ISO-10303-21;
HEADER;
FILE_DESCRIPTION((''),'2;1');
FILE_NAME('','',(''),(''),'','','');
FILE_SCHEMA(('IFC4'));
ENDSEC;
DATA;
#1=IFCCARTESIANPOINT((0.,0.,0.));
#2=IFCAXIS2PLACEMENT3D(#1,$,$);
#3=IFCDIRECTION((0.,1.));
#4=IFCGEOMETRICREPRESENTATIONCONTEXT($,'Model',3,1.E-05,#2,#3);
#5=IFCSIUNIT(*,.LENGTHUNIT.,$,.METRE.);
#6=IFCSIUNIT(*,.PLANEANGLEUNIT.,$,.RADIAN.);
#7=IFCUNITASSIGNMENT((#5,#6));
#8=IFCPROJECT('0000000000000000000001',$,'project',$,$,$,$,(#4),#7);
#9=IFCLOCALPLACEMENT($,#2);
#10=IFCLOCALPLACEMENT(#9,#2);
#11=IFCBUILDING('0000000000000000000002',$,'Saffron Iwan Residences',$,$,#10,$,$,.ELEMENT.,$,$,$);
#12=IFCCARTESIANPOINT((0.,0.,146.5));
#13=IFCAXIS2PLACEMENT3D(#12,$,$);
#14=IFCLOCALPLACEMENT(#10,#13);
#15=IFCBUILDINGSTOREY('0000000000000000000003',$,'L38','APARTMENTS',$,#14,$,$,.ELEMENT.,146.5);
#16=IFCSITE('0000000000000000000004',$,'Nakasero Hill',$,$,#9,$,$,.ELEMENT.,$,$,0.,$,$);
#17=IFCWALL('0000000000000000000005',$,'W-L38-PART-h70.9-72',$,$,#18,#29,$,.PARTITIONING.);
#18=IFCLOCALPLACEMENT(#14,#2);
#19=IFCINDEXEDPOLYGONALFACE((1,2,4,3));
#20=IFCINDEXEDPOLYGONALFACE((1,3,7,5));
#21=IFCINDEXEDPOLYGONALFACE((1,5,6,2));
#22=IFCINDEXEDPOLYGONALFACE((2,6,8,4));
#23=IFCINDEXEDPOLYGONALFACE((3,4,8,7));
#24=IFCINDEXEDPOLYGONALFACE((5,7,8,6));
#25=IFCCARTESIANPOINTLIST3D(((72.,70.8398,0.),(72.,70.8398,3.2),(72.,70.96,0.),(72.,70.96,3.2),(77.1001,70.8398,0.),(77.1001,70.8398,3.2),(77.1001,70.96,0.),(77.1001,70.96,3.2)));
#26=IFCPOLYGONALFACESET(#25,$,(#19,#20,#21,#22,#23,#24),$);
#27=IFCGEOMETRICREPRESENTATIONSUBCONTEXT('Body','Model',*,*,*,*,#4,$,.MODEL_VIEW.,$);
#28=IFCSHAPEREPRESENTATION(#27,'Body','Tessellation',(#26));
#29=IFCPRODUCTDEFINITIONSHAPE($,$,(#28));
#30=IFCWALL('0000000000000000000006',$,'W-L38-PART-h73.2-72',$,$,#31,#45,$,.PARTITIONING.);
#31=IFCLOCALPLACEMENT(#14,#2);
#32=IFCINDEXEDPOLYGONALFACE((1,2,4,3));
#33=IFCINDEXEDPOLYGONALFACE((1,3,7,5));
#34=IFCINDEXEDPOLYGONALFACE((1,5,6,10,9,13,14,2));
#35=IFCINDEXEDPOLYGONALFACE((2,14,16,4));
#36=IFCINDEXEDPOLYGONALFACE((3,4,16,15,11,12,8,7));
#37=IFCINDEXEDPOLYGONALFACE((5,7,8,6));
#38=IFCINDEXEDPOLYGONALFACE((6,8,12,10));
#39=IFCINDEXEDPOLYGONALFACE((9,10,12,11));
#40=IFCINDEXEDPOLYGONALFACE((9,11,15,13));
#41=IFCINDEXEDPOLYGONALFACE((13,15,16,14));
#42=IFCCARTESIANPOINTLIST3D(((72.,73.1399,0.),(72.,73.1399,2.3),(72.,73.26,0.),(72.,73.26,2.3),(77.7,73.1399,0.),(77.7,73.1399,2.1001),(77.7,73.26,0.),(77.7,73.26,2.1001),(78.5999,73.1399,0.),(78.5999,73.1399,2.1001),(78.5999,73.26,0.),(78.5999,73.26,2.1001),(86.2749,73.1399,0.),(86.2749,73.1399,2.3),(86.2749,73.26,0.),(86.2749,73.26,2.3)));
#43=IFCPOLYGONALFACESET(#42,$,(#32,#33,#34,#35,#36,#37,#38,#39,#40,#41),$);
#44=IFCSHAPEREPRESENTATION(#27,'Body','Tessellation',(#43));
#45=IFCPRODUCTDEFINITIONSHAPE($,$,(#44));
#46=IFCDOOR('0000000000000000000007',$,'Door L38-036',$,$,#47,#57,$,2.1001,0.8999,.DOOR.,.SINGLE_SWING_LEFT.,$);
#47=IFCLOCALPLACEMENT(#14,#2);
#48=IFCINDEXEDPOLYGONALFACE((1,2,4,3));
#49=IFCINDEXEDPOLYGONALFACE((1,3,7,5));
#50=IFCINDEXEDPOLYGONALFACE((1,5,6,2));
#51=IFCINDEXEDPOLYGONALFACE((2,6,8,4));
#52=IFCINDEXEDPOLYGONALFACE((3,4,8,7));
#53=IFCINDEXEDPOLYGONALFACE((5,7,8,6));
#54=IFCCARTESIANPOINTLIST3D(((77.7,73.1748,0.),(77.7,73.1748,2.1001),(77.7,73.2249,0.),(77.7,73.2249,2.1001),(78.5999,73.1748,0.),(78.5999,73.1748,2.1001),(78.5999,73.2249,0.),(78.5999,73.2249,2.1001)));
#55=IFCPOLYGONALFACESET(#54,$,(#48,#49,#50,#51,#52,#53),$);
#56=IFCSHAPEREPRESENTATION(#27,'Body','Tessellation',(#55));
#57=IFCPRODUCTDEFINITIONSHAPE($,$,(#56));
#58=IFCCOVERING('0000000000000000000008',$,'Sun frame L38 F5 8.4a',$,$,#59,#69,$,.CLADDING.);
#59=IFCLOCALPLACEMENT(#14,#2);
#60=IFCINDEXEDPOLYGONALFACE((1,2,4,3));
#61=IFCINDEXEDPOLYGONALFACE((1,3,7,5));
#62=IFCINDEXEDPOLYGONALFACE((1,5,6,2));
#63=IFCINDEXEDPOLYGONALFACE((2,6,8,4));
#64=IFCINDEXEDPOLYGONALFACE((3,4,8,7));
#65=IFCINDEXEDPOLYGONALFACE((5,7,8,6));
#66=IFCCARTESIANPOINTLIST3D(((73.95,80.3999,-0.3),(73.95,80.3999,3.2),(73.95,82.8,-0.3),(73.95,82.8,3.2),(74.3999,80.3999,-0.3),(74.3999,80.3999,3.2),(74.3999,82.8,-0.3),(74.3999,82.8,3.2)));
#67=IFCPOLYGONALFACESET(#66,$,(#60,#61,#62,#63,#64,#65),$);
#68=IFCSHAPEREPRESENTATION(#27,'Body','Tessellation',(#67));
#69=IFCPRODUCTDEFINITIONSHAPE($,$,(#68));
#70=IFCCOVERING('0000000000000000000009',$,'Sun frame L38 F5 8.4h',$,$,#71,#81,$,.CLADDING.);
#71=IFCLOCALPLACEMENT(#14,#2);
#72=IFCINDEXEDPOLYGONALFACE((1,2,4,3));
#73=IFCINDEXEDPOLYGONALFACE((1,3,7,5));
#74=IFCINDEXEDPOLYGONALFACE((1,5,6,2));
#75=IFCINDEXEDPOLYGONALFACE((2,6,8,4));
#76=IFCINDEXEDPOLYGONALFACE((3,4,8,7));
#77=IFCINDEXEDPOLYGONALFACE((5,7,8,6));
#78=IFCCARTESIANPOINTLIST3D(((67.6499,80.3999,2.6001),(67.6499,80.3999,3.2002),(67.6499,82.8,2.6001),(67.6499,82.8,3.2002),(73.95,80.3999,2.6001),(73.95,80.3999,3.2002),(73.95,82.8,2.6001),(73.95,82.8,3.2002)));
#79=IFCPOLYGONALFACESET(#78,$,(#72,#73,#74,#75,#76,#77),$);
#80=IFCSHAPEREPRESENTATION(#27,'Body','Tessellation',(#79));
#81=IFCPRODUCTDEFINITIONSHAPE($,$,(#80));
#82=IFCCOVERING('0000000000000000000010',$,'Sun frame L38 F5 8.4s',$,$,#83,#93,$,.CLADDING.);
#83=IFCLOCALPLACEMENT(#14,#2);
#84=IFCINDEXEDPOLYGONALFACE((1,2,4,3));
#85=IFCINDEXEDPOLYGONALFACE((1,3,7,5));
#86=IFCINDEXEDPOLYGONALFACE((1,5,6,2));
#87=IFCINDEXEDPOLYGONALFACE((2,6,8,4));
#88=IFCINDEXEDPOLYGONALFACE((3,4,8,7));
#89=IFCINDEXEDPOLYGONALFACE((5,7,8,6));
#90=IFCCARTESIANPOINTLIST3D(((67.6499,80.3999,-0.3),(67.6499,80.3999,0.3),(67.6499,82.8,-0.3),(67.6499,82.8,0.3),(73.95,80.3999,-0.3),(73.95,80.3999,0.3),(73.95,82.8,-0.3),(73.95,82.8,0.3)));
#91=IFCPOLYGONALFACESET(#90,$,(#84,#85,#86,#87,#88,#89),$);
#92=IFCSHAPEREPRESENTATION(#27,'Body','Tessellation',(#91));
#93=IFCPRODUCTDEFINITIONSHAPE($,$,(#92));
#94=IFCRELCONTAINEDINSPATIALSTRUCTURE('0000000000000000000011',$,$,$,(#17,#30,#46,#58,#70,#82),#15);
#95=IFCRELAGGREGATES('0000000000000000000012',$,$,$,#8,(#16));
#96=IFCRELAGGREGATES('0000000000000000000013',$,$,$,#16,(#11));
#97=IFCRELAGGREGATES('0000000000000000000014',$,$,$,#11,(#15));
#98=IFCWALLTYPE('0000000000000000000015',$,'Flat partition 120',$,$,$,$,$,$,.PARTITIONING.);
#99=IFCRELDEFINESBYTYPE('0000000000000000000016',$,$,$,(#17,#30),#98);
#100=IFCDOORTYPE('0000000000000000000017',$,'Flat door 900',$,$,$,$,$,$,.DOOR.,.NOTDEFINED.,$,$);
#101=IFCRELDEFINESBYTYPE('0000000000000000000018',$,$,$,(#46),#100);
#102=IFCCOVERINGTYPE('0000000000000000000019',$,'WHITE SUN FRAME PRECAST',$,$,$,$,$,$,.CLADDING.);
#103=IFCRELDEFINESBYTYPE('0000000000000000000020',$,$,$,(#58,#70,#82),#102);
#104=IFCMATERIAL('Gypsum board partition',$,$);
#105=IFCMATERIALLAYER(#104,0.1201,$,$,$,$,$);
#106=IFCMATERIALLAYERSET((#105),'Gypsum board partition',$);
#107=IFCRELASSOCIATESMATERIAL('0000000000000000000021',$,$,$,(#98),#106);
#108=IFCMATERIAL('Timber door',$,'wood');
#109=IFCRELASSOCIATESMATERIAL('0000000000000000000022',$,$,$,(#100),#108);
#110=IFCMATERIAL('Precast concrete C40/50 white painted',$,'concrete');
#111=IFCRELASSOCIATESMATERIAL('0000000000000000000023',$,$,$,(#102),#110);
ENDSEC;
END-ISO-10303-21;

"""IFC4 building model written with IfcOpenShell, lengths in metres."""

from ifc_helpers import new_model, si_unit, direction, frame, frame_2d, origin, place, context, subcontext, project, spatial, polyline, rectangle, outline, extrude, material, layer, layer_set, type_object, element, fill, save


model = new_model("IFC4")

# Units and contexts
model_context = context("Model", 3, precision=1e-05, world=origin(), true_north=direction((0.0, 1.0)))
body_context = subcontext(model_context, "Body", "Model", "MODEL_VIEW")
ifc_project = project(units=[si_unit("LENGTHUNIT", "METRE"), si_unit("PLANEANGLEUNIT", "RADIAN")], contexts=[model_context])

# Site, building, storey
site_placement = place(None, origin())
site = spatial("IfcSite", under=ifc_project, at=site_placement, Name="Nakasero Hill", CompositionType="ELEMENT", RefElevation=0.0)
building_placement = place(site_placement, origin())
building = spatial("IfcBuilding", under=site, at=building_placement, Name="Saffron Iwan Residences", CompositionType="ELEMENT")
storey_placement = place(building_placement, frame((0.0, 0.0, 146.5)))
storey = spatial("IfcBuildingStorey", under=building, at=storey_placement, Name="L38", Description="APARTMENTS", CompositionType="ELEMENT", Elevation=146.5)

# Wall
ifc_material_1 = material(Name="Gypsum board partition")
ifc_layer_1 = layer(ifc_material_1, 0.1201)
ifc_layer_set_1 = layer_set([ifc_layer_1], Name="Gypsum board partition")
wall_type_1 = type_object("IfcWallType", Name="Flat partition 120", PredefinedType="PARTITIONING", material=ifc_layer_set_1)
wall_1_placement = place(storey_placement, frame((72.0, 70.8999, 0.0), z_axis=(0.0, 0.0, 1.0), x_axis=(1.0, 0.0, 0.0)))
element("IfcWall", 1, at=wall_1_placement, inside=storey, type_object=wall_type_1, Name="W-L38-PART-h70.9-72", PredefinedType="PARTITIONING", context=body_context, shape_type="SweptSolid", body=[
    extrude(rectangle(XDim=5.1001, YDim=0.1201, at=frame_2d((2.55, 0.0))), origin(), (0.0, 0.0, 1.0), 3.2),
])

# Wall, opening, door
wall_2_placement = place(storey_placement, frame((72.0, 73.2, 0.0), z_axis=(0.0, 0.0, 1.0), x_axis=(1.0, 0.0, 0.0)))
wall_2 = element("IfcWall", 2, at=wall_2_placement, inside=storey, type_object=wall_type_1, Name="W-L38-PART-h73.2-72", PredefinedType="PARTITIONING", context=body_context, shape_type="SweptSolid", body=[
    extrude(rectangle(XDim=14.2749, YDim=0.1201, at=frame_2d((7.1375, 0.0))), origin(), (0.0, 0.0, 1.0), 2.3),
])
opening_1_placement = place(wall_2_placement, frame((5.7, 0.0, 0.0)))
opening_1 = element("IfcOpeningElement", 3, at=opening_1_placement, cuts=wall_2, PredefinedType="OPENING", context=body_context, shape_type="SweptSolid", body=[
    extrude(rectangle(XDim=0.8999, YDim=2.1001, at=frame_2d((0.45, 1.05))), frame((0.0, 0.0701, 0.0), z_axis=(0.0, -1.0, 0.0), x_axis=(1.0, 0.0, 0.0)), (0.0, 0.0, 1.0), 0.1401),
])
ifc_material_2 = material(Name="Timber door", Category="wood")
door_type_1 = type_object("IfcDoorType", Name="Flat door 900", OperationType="NOTDEFINED", PredefinedType="DOOR", material=ifc_material_2)
door_1_placement = place(opening_1_placement, origin())
door_1 = element("IfcDoor", 4, at=door_1_placement, inside=storey, type_object=door_type_1, Name="Door L38-036", OperationType="SINGLE_SWING_LEFT", OverallHeight=2.1001, OverallWidth=0.8999, PredefinedType="DOOR", context=body_context, shape_type="SweptSolid", body=[
    extrude(rectangle(XDim=0.8999, YDim=2.1001, at=frame_2d((0.45, 1.05))), frame((0.0, 0.0249, 0.0), z_axis=(0.0, -1.0, 0.0), x_axis=(1.0, 0.0, 0.0)), (0.0, 0.0, 1.0), 0.05),
])
fill(opening_1, door_1)

# Coverings
ifc_material_3 = material(Name="Precast concrete C40/50 white painted", Category="concrete")
covering_type = type_object("IfcCoveringType", Name="WHITE SUN FRAME PRECAST", PredefinedType="CLADDING", material=ifc_material_3)
covering_placement = place(storey_placement, frame((74.3999, 80.3999, -0.3), z_axis=(0.0, 1.0, 0.0), x_axis=(-1.0, 0.0, 0.0)))
element("IfcCovering", 5, at=covering_placement, inside=storey, type_object=covering_type, Name="Sun frame L38 F5 8.4a", PredefinedType="CLADDING", context=body_context, shape_type="SweptSolid", body=[
    extrude(outline(polyline([(0.0, 0.0), (0.45, 0.0), (0.45, 3.5), (0.0, 3.5), (0.0, 0.0)])), origin(), (0.0, 0.0, 1.0), 2.4001),
])
for number, where, z_axis, x_axis, name in (
    (6, (73.95, 80.3999, 2.6001), (0.0, 1.0, 0.0), (-1.0, 0.0, 0.0), "Sun frame L38 F5 8.4h"),
    (7, (73.95, 80.3999, -0.3), (0.0, 1.0, 0.0), (-1.0, 0.0, 0.0), "Sun frame L38 F5 8.4s"),
):
    element("IfcCovering", number, at=place(storey_placement, frame(where, z_axis=z_axis, x_axis=x_axis)), inside=storey, type_object=covering_type, Name=name, PredefinedType="CLADDING", context=body_context, shape_type="SweptSolid", body=[
        extrude(outline(polyline([(0.0, 0.0), (6.3, 0.0), (6.3, 0.6001), (0.0, 0.6001), (0.0, 0.0)])), origin(), (0.0, 0.0, 1.0), 2.4001),
    ])

save(model, "model.ifc")
